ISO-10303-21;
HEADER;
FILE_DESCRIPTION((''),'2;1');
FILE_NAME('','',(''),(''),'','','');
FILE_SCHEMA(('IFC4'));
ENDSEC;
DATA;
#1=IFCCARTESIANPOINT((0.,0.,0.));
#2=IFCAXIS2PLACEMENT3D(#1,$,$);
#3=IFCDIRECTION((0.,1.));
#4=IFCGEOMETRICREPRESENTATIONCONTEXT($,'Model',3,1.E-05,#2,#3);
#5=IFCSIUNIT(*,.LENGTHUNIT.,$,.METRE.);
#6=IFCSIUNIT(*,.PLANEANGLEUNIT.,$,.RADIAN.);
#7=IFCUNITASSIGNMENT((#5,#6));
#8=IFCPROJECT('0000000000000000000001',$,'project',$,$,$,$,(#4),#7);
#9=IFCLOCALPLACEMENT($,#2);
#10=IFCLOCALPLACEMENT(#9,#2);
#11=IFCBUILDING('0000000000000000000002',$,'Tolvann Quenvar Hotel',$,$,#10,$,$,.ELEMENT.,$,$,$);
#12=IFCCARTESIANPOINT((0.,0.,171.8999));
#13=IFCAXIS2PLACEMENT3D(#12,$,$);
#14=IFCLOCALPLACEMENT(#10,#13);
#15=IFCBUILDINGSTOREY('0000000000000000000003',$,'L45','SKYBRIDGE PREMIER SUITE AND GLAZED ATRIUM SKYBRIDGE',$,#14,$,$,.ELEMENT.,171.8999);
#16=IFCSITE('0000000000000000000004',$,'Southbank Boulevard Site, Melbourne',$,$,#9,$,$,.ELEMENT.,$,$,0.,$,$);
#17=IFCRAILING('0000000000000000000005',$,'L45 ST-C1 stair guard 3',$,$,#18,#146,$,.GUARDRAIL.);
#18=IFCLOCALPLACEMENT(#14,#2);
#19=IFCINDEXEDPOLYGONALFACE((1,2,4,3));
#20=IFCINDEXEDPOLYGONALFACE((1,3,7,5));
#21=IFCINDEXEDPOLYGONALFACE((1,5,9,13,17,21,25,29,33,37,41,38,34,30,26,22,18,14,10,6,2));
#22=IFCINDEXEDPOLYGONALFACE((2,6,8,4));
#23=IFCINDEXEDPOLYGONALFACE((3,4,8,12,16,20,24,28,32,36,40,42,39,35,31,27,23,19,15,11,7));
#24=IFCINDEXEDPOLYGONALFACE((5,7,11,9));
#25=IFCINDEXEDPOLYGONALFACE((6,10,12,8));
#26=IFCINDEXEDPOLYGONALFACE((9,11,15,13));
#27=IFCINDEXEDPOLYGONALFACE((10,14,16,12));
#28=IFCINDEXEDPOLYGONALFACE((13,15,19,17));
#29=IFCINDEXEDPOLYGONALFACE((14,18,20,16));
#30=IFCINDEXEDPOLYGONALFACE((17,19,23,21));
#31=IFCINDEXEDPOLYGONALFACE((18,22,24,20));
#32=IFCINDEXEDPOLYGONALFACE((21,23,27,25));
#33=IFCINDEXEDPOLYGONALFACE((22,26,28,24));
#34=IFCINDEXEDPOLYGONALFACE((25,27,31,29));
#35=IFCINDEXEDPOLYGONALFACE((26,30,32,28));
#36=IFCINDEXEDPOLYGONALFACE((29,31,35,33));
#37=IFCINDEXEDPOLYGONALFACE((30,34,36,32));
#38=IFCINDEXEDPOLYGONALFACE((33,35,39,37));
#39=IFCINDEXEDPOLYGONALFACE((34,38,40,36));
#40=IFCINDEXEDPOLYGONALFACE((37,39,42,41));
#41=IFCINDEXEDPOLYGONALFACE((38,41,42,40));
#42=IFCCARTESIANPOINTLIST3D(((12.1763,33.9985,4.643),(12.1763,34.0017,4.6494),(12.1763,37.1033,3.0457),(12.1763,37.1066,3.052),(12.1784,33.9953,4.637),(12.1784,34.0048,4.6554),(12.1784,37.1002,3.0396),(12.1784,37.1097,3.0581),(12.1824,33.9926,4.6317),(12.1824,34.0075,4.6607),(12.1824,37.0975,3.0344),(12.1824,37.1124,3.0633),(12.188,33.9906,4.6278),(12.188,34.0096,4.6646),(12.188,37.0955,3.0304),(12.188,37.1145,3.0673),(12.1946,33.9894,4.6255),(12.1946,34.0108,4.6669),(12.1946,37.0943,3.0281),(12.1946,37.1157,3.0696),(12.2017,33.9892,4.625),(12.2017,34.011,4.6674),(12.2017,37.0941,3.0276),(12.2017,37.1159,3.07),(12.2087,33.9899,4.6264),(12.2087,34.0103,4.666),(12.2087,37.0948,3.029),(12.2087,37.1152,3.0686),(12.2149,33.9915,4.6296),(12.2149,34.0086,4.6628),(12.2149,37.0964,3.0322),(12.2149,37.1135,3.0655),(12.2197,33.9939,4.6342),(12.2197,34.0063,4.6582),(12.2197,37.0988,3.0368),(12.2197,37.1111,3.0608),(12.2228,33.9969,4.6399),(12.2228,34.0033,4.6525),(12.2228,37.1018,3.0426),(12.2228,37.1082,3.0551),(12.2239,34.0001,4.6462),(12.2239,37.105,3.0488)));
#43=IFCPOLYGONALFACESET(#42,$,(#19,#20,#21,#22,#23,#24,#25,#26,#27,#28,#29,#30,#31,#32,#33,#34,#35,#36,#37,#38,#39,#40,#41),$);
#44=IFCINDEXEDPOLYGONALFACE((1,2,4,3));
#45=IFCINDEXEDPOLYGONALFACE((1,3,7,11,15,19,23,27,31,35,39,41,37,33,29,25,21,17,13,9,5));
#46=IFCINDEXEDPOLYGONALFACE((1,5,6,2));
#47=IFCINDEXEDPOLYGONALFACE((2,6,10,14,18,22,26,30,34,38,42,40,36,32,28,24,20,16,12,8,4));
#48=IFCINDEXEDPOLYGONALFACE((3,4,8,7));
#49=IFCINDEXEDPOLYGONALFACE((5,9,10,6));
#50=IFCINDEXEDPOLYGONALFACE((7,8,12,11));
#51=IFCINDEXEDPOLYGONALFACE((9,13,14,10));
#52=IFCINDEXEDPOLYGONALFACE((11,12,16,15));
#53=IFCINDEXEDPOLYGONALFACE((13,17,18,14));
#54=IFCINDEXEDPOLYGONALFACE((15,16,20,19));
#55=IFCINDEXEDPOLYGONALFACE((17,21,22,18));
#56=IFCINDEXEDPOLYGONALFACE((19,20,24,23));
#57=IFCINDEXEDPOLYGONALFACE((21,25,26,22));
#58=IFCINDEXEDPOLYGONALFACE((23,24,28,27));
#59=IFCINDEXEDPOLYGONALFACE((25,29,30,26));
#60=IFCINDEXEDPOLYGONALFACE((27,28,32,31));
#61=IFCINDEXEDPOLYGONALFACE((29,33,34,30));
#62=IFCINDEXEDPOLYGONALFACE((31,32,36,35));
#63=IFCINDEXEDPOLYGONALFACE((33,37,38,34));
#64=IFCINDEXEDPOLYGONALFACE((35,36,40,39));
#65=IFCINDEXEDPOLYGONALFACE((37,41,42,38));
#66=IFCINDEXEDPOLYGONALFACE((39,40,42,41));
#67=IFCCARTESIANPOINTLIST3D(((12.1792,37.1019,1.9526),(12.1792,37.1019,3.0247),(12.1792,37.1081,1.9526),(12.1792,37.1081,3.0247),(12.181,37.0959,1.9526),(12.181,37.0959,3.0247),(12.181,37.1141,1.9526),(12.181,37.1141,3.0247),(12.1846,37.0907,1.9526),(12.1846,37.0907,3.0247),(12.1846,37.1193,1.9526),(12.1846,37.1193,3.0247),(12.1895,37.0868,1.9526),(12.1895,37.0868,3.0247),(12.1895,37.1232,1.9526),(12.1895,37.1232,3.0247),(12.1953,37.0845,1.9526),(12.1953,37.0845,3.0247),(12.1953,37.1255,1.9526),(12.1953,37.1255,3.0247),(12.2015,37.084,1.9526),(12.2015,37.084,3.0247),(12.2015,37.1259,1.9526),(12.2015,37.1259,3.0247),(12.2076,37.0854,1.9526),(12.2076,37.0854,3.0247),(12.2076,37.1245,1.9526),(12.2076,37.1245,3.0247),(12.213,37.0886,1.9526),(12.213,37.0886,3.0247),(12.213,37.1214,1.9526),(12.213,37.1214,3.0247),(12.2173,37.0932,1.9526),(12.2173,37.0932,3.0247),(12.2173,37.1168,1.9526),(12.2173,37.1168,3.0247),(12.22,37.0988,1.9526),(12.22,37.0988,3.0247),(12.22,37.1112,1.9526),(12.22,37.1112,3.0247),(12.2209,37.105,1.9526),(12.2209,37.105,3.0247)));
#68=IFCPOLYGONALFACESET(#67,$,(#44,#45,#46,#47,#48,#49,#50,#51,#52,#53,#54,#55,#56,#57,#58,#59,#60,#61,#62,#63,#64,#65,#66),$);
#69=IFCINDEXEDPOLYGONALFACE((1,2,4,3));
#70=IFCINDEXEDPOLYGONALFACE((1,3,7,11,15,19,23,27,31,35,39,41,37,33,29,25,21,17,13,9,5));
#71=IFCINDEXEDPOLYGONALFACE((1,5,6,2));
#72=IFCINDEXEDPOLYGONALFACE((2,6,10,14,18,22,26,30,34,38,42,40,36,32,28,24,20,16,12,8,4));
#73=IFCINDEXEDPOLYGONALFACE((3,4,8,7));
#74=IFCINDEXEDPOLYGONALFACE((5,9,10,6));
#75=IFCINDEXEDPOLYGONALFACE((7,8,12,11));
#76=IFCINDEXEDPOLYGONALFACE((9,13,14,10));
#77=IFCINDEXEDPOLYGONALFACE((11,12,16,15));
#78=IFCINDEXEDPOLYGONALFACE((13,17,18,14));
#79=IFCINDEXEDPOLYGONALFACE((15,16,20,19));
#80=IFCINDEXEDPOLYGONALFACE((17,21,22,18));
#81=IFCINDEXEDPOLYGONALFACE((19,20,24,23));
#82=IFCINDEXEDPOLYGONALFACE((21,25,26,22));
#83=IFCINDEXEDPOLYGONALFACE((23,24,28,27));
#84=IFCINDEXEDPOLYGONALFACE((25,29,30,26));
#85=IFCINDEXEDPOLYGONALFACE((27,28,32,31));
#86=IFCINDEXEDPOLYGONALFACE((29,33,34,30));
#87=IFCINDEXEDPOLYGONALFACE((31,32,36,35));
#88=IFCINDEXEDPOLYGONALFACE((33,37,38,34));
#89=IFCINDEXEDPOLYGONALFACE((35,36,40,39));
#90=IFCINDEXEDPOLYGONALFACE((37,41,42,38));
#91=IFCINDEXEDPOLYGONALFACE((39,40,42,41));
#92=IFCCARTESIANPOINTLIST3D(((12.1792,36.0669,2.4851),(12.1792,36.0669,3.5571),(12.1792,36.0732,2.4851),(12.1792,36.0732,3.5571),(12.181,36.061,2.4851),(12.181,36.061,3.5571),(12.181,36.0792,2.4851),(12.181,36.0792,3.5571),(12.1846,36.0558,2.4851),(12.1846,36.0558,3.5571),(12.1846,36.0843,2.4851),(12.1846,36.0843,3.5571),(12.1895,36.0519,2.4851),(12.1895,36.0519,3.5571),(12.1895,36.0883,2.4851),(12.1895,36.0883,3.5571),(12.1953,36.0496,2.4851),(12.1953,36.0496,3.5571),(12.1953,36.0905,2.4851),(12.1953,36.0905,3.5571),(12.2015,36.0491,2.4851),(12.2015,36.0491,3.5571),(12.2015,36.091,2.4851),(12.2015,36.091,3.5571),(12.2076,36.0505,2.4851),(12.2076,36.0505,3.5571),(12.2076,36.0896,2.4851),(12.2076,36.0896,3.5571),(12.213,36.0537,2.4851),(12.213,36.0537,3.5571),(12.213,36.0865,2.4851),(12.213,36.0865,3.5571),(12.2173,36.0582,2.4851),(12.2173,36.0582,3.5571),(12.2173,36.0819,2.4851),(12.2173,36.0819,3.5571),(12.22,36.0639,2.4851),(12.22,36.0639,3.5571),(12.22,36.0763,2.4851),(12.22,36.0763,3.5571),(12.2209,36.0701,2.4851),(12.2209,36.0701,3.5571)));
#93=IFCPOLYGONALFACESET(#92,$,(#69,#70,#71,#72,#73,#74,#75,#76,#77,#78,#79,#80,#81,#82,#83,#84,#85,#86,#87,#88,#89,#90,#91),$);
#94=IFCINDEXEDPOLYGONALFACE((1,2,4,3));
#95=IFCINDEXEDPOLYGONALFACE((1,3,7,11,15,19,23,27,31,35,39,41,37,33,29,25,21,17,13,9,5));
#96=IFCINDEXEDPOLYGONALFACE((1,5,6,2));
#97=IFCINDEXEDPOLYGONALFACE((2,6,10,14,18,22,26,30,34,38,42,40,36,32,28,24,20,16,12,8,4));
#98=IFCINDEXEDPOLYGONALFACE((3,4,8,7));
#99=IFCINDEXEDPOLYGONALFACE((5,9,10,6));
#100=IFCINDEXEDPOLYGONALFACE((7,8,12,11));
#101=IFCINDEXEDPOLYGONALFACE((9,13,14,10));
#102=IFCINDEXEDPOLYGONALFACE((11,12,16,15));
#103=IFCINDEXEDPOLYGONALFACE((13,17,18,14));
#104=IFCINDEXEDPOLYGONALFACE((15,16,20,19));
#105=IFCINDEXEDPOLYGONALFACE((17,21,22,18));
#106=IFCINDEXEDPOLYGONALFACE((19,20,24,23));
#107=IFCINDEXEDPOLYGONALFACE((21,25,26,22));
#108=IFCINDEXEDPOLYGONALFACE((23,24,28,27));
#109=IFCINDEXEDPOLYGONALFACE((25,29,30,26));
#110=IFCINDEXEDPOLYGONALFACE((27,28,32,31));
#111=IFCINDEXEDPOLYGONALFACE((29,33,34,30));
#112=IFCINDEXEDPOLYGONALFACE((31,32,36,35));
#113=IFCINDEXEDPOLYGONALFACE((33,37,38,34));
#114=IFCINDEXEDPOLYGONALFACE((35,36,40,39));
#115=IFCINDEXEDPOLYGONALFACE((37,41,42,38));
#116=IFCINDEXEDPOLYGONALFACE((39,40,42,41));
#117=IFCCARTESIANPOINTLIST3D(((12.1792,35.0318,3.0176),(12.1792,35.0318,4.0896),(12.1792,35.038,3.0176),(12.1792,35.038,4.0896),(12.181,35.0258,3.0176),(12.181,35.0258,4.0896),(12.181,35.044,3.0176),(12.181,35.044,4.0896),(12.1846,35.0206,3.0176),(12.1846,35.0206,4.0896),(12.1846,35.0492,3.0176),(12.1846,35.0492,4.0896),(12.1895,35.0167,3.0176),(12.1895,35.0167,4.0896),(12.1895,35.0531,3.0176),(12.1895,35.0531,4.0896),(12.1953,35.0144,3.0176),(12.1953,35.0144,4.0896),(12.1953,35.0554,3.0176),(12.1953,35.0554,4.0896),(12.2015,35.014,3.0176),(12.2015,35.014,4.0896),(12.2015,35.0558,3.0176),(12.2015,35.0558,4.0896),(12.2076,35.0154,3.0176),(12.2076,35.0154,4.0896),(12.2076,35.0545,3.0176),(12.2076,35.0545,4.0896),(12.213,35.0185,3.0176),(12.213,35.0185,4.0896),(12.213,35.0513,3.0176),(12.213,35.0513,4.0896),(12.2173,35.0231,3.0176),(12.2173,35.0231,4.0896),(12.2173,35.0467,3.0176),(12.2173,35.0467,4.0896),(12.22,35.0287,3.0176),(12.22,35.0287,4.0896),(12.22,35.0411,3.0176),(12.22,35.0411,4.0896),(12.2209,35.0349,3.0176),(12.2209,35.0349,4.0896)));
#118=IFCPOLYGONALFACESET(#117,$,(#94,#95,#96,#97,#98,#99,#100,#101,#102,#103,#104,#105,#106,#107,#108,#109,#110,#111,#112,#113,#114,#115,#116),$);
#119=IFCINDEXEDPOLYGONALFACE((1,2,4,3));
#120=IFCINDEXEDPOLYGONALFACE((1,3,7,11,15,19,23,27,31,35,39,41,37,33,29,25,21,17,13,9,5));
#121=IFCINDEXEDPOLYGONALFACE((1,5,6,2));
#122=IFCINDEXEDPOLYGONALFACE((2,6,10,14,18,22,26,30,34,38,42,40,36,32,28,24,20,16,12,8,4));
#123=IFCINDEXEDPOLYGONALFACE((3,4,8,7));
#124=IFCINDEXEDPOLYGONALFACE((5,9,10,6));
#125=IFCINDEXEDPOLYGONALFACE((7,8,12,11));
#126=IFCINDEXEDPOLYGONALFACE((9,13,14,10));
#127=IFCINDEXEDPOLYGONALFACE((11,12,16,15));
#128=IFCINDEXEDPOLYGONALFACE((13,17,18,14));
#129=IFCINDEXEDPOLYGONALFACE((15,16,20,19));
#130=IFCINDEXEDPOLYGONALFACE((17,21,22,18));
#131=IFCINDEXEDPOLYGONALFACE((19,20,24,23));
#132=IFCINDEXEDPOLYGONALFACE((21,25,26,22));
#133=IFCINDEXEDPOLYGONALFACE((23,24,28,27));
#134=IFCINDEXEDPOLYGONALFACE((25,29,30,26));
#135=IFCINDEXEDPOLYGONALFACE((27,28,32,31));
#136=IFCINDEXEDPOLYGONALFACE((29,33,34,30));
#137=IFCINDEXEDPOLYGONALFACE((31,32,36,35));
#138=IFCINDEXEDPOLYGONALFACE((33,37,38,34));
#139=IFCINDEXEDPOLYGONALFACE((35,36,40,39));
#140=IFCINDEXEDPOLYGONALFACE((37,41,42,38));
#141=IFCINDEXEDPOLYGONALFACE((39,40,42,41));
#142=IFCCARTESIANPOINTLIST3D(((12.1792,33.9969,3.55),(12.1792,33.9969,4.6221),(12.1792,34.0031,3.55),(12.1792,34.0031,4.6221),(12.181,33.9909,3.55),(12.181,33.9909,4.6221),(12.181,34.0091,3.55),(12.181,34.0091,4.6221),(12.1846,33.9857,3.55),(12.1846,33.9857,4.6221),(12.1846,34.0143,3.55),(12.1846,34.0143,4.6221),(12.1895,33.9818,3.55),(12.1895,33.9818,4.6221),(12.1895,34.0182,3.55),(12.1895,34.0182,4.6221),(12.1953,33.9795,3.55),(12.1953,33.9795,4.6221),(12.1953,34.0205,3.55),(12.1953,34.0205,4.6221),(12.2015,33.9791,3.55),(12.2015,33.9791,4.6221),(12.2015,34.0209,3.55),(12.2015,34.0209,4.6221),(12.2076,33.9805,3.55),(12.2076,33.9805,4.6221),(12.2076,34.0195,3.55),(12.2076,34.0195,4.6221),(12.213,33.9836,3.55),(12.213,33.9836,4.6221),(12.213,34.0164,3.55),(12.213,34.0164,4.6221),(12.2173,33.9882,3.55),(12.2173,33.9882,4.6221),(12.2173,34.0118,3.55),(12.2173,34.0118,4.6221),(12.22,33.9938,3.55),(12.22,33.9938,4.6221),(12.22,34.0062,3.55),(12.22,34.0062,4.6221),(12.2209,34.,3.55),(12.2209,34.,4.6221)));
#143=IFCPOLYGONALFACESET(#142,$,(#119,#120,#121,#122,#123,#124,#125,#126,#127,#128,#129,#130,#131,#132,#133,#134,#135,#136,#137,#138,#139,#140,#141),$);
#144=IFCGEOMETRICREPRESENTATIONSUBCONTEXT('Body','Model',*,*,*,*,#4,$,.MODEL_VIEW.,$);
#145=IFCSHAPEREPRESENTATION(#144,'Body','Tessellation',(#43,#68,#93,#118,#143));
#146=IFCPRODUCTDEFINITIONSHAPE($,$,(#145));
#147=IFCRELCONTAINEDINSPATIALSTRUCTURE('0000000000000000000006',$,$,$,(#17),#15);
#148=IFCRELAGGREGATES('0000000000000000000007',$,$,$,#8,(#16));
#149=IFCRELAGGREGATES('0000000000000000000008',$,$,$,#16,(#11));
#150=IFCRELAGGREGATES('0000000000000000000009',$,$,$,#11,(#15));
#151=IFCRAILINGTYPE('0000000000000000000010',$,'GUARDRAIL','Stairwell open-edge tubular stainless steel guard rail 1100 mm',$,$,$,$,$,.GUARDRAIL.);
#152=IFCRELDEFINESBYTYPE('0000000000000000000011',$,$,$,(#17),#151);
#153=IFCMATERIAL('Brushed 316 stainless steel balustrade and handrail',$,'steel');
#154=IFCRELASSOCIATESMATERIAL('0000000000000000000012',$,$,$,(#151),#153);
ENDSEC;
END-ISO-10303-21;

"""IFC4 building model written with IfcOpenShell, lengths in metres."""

from ifc_helpers import new_model, si_unit, direction, frame, origin, origin_2d, place, context, subcontext, project, spatial, circle, extrude, material, type_object, element, save


model = new_model("IFC4")

# Units and contexts
model_context = context("Model", 3, precision=1e-05, world=origin(), true_north=direction((0.0, 1.0)))
body_context = subcontext(model_context, "Body", "Model", "MODEL_VIEW")
ifc_project = project(units=[si_unit("LENGTHUNIT", "METRE"), si_unit("PLANEANGLEUNIT", "RADIAN")], contexts=[model_context])

# Site, building, storey
site_placement = place(None, origin())
site = spatial("IfcSite", under=ifc_project, at=site_placement, Name="Southbank Boulevard Site, Melbourne", CompositionType="ELEMENT", RefElevation=0.0)
building_placement = place(site_placement, origin())
building = spatial("IfcBuilding", under=site, at=building_placement, Name="Tolvann Quenvar Hotel", CompositionType="ELEMENT")
storey_placement = place(building_placement, frame((0.0, 0.0, 171.8999)))
storey = spatial("IfcBuildingStorey", under=building, at=storey_placement, Name="L45", Description="SKYBRIDGE PREMIER SUITE AND GLAZED ATRIUM SKYBRIDGE", CompositionType="ELEMENT", Elevation=171.8999)

# Railing
ifc_material_1 = material(Name="Brushed 316 stainless steel balustrade and handrail", Category="steel")
railing_type_1 = type_object("IfcRailingType", Name="GUARDRAIL", Description="Stairwell open-edge tubular stainless steel guard rail 1100 mm", PredefinedType="GUARDRAIL", material=ifc_material_1)
railing_1_placement = place(storey_placement, frame((12.2, 37.105, 1.9526)))
element("IfcRailing", 1, at=railing_1_placement, inside=storey, type_object=railing_type_1, Name="L45 ST-C1 stair guard 3", PredefinedType="GUARDRAIL", context=body_context, shape_type="SweptSolid", body=[
    extrude(circle(Radius=0.0239, at=origin_2d()), frame((0.0, 0.0, 1.0962), z_axis=(0.0, -0.889222, 0.457476), x_axis=(1.0, 0.0, 0.0)), (0.0, 0.0, 1.0), 3.4917),
    extrude(circle(Radius=0.021, at=origin_2d()), origin(), (0.0, 0.0, 1.0), 1.072),
    extrude(circle(Radius=0.021, at=origin_2d()), frame((0.0, -1.0349, 0.5325)), (0.0, 0.0, 1.0), 1.072),
    extrude(circle(Radius=0.021, at=origin_2d()), frame((0.0, -2.0701, 1.0649)), (0.0, 0.0, 1.0), 1.072),
    extrude(circle(Radius=0.021, at=origin_2d()), frame((0.0, -3.105, 1.5974)), (0.0, 0.0, 1.0), 1.072),
])

save(model, "model.ifc")
